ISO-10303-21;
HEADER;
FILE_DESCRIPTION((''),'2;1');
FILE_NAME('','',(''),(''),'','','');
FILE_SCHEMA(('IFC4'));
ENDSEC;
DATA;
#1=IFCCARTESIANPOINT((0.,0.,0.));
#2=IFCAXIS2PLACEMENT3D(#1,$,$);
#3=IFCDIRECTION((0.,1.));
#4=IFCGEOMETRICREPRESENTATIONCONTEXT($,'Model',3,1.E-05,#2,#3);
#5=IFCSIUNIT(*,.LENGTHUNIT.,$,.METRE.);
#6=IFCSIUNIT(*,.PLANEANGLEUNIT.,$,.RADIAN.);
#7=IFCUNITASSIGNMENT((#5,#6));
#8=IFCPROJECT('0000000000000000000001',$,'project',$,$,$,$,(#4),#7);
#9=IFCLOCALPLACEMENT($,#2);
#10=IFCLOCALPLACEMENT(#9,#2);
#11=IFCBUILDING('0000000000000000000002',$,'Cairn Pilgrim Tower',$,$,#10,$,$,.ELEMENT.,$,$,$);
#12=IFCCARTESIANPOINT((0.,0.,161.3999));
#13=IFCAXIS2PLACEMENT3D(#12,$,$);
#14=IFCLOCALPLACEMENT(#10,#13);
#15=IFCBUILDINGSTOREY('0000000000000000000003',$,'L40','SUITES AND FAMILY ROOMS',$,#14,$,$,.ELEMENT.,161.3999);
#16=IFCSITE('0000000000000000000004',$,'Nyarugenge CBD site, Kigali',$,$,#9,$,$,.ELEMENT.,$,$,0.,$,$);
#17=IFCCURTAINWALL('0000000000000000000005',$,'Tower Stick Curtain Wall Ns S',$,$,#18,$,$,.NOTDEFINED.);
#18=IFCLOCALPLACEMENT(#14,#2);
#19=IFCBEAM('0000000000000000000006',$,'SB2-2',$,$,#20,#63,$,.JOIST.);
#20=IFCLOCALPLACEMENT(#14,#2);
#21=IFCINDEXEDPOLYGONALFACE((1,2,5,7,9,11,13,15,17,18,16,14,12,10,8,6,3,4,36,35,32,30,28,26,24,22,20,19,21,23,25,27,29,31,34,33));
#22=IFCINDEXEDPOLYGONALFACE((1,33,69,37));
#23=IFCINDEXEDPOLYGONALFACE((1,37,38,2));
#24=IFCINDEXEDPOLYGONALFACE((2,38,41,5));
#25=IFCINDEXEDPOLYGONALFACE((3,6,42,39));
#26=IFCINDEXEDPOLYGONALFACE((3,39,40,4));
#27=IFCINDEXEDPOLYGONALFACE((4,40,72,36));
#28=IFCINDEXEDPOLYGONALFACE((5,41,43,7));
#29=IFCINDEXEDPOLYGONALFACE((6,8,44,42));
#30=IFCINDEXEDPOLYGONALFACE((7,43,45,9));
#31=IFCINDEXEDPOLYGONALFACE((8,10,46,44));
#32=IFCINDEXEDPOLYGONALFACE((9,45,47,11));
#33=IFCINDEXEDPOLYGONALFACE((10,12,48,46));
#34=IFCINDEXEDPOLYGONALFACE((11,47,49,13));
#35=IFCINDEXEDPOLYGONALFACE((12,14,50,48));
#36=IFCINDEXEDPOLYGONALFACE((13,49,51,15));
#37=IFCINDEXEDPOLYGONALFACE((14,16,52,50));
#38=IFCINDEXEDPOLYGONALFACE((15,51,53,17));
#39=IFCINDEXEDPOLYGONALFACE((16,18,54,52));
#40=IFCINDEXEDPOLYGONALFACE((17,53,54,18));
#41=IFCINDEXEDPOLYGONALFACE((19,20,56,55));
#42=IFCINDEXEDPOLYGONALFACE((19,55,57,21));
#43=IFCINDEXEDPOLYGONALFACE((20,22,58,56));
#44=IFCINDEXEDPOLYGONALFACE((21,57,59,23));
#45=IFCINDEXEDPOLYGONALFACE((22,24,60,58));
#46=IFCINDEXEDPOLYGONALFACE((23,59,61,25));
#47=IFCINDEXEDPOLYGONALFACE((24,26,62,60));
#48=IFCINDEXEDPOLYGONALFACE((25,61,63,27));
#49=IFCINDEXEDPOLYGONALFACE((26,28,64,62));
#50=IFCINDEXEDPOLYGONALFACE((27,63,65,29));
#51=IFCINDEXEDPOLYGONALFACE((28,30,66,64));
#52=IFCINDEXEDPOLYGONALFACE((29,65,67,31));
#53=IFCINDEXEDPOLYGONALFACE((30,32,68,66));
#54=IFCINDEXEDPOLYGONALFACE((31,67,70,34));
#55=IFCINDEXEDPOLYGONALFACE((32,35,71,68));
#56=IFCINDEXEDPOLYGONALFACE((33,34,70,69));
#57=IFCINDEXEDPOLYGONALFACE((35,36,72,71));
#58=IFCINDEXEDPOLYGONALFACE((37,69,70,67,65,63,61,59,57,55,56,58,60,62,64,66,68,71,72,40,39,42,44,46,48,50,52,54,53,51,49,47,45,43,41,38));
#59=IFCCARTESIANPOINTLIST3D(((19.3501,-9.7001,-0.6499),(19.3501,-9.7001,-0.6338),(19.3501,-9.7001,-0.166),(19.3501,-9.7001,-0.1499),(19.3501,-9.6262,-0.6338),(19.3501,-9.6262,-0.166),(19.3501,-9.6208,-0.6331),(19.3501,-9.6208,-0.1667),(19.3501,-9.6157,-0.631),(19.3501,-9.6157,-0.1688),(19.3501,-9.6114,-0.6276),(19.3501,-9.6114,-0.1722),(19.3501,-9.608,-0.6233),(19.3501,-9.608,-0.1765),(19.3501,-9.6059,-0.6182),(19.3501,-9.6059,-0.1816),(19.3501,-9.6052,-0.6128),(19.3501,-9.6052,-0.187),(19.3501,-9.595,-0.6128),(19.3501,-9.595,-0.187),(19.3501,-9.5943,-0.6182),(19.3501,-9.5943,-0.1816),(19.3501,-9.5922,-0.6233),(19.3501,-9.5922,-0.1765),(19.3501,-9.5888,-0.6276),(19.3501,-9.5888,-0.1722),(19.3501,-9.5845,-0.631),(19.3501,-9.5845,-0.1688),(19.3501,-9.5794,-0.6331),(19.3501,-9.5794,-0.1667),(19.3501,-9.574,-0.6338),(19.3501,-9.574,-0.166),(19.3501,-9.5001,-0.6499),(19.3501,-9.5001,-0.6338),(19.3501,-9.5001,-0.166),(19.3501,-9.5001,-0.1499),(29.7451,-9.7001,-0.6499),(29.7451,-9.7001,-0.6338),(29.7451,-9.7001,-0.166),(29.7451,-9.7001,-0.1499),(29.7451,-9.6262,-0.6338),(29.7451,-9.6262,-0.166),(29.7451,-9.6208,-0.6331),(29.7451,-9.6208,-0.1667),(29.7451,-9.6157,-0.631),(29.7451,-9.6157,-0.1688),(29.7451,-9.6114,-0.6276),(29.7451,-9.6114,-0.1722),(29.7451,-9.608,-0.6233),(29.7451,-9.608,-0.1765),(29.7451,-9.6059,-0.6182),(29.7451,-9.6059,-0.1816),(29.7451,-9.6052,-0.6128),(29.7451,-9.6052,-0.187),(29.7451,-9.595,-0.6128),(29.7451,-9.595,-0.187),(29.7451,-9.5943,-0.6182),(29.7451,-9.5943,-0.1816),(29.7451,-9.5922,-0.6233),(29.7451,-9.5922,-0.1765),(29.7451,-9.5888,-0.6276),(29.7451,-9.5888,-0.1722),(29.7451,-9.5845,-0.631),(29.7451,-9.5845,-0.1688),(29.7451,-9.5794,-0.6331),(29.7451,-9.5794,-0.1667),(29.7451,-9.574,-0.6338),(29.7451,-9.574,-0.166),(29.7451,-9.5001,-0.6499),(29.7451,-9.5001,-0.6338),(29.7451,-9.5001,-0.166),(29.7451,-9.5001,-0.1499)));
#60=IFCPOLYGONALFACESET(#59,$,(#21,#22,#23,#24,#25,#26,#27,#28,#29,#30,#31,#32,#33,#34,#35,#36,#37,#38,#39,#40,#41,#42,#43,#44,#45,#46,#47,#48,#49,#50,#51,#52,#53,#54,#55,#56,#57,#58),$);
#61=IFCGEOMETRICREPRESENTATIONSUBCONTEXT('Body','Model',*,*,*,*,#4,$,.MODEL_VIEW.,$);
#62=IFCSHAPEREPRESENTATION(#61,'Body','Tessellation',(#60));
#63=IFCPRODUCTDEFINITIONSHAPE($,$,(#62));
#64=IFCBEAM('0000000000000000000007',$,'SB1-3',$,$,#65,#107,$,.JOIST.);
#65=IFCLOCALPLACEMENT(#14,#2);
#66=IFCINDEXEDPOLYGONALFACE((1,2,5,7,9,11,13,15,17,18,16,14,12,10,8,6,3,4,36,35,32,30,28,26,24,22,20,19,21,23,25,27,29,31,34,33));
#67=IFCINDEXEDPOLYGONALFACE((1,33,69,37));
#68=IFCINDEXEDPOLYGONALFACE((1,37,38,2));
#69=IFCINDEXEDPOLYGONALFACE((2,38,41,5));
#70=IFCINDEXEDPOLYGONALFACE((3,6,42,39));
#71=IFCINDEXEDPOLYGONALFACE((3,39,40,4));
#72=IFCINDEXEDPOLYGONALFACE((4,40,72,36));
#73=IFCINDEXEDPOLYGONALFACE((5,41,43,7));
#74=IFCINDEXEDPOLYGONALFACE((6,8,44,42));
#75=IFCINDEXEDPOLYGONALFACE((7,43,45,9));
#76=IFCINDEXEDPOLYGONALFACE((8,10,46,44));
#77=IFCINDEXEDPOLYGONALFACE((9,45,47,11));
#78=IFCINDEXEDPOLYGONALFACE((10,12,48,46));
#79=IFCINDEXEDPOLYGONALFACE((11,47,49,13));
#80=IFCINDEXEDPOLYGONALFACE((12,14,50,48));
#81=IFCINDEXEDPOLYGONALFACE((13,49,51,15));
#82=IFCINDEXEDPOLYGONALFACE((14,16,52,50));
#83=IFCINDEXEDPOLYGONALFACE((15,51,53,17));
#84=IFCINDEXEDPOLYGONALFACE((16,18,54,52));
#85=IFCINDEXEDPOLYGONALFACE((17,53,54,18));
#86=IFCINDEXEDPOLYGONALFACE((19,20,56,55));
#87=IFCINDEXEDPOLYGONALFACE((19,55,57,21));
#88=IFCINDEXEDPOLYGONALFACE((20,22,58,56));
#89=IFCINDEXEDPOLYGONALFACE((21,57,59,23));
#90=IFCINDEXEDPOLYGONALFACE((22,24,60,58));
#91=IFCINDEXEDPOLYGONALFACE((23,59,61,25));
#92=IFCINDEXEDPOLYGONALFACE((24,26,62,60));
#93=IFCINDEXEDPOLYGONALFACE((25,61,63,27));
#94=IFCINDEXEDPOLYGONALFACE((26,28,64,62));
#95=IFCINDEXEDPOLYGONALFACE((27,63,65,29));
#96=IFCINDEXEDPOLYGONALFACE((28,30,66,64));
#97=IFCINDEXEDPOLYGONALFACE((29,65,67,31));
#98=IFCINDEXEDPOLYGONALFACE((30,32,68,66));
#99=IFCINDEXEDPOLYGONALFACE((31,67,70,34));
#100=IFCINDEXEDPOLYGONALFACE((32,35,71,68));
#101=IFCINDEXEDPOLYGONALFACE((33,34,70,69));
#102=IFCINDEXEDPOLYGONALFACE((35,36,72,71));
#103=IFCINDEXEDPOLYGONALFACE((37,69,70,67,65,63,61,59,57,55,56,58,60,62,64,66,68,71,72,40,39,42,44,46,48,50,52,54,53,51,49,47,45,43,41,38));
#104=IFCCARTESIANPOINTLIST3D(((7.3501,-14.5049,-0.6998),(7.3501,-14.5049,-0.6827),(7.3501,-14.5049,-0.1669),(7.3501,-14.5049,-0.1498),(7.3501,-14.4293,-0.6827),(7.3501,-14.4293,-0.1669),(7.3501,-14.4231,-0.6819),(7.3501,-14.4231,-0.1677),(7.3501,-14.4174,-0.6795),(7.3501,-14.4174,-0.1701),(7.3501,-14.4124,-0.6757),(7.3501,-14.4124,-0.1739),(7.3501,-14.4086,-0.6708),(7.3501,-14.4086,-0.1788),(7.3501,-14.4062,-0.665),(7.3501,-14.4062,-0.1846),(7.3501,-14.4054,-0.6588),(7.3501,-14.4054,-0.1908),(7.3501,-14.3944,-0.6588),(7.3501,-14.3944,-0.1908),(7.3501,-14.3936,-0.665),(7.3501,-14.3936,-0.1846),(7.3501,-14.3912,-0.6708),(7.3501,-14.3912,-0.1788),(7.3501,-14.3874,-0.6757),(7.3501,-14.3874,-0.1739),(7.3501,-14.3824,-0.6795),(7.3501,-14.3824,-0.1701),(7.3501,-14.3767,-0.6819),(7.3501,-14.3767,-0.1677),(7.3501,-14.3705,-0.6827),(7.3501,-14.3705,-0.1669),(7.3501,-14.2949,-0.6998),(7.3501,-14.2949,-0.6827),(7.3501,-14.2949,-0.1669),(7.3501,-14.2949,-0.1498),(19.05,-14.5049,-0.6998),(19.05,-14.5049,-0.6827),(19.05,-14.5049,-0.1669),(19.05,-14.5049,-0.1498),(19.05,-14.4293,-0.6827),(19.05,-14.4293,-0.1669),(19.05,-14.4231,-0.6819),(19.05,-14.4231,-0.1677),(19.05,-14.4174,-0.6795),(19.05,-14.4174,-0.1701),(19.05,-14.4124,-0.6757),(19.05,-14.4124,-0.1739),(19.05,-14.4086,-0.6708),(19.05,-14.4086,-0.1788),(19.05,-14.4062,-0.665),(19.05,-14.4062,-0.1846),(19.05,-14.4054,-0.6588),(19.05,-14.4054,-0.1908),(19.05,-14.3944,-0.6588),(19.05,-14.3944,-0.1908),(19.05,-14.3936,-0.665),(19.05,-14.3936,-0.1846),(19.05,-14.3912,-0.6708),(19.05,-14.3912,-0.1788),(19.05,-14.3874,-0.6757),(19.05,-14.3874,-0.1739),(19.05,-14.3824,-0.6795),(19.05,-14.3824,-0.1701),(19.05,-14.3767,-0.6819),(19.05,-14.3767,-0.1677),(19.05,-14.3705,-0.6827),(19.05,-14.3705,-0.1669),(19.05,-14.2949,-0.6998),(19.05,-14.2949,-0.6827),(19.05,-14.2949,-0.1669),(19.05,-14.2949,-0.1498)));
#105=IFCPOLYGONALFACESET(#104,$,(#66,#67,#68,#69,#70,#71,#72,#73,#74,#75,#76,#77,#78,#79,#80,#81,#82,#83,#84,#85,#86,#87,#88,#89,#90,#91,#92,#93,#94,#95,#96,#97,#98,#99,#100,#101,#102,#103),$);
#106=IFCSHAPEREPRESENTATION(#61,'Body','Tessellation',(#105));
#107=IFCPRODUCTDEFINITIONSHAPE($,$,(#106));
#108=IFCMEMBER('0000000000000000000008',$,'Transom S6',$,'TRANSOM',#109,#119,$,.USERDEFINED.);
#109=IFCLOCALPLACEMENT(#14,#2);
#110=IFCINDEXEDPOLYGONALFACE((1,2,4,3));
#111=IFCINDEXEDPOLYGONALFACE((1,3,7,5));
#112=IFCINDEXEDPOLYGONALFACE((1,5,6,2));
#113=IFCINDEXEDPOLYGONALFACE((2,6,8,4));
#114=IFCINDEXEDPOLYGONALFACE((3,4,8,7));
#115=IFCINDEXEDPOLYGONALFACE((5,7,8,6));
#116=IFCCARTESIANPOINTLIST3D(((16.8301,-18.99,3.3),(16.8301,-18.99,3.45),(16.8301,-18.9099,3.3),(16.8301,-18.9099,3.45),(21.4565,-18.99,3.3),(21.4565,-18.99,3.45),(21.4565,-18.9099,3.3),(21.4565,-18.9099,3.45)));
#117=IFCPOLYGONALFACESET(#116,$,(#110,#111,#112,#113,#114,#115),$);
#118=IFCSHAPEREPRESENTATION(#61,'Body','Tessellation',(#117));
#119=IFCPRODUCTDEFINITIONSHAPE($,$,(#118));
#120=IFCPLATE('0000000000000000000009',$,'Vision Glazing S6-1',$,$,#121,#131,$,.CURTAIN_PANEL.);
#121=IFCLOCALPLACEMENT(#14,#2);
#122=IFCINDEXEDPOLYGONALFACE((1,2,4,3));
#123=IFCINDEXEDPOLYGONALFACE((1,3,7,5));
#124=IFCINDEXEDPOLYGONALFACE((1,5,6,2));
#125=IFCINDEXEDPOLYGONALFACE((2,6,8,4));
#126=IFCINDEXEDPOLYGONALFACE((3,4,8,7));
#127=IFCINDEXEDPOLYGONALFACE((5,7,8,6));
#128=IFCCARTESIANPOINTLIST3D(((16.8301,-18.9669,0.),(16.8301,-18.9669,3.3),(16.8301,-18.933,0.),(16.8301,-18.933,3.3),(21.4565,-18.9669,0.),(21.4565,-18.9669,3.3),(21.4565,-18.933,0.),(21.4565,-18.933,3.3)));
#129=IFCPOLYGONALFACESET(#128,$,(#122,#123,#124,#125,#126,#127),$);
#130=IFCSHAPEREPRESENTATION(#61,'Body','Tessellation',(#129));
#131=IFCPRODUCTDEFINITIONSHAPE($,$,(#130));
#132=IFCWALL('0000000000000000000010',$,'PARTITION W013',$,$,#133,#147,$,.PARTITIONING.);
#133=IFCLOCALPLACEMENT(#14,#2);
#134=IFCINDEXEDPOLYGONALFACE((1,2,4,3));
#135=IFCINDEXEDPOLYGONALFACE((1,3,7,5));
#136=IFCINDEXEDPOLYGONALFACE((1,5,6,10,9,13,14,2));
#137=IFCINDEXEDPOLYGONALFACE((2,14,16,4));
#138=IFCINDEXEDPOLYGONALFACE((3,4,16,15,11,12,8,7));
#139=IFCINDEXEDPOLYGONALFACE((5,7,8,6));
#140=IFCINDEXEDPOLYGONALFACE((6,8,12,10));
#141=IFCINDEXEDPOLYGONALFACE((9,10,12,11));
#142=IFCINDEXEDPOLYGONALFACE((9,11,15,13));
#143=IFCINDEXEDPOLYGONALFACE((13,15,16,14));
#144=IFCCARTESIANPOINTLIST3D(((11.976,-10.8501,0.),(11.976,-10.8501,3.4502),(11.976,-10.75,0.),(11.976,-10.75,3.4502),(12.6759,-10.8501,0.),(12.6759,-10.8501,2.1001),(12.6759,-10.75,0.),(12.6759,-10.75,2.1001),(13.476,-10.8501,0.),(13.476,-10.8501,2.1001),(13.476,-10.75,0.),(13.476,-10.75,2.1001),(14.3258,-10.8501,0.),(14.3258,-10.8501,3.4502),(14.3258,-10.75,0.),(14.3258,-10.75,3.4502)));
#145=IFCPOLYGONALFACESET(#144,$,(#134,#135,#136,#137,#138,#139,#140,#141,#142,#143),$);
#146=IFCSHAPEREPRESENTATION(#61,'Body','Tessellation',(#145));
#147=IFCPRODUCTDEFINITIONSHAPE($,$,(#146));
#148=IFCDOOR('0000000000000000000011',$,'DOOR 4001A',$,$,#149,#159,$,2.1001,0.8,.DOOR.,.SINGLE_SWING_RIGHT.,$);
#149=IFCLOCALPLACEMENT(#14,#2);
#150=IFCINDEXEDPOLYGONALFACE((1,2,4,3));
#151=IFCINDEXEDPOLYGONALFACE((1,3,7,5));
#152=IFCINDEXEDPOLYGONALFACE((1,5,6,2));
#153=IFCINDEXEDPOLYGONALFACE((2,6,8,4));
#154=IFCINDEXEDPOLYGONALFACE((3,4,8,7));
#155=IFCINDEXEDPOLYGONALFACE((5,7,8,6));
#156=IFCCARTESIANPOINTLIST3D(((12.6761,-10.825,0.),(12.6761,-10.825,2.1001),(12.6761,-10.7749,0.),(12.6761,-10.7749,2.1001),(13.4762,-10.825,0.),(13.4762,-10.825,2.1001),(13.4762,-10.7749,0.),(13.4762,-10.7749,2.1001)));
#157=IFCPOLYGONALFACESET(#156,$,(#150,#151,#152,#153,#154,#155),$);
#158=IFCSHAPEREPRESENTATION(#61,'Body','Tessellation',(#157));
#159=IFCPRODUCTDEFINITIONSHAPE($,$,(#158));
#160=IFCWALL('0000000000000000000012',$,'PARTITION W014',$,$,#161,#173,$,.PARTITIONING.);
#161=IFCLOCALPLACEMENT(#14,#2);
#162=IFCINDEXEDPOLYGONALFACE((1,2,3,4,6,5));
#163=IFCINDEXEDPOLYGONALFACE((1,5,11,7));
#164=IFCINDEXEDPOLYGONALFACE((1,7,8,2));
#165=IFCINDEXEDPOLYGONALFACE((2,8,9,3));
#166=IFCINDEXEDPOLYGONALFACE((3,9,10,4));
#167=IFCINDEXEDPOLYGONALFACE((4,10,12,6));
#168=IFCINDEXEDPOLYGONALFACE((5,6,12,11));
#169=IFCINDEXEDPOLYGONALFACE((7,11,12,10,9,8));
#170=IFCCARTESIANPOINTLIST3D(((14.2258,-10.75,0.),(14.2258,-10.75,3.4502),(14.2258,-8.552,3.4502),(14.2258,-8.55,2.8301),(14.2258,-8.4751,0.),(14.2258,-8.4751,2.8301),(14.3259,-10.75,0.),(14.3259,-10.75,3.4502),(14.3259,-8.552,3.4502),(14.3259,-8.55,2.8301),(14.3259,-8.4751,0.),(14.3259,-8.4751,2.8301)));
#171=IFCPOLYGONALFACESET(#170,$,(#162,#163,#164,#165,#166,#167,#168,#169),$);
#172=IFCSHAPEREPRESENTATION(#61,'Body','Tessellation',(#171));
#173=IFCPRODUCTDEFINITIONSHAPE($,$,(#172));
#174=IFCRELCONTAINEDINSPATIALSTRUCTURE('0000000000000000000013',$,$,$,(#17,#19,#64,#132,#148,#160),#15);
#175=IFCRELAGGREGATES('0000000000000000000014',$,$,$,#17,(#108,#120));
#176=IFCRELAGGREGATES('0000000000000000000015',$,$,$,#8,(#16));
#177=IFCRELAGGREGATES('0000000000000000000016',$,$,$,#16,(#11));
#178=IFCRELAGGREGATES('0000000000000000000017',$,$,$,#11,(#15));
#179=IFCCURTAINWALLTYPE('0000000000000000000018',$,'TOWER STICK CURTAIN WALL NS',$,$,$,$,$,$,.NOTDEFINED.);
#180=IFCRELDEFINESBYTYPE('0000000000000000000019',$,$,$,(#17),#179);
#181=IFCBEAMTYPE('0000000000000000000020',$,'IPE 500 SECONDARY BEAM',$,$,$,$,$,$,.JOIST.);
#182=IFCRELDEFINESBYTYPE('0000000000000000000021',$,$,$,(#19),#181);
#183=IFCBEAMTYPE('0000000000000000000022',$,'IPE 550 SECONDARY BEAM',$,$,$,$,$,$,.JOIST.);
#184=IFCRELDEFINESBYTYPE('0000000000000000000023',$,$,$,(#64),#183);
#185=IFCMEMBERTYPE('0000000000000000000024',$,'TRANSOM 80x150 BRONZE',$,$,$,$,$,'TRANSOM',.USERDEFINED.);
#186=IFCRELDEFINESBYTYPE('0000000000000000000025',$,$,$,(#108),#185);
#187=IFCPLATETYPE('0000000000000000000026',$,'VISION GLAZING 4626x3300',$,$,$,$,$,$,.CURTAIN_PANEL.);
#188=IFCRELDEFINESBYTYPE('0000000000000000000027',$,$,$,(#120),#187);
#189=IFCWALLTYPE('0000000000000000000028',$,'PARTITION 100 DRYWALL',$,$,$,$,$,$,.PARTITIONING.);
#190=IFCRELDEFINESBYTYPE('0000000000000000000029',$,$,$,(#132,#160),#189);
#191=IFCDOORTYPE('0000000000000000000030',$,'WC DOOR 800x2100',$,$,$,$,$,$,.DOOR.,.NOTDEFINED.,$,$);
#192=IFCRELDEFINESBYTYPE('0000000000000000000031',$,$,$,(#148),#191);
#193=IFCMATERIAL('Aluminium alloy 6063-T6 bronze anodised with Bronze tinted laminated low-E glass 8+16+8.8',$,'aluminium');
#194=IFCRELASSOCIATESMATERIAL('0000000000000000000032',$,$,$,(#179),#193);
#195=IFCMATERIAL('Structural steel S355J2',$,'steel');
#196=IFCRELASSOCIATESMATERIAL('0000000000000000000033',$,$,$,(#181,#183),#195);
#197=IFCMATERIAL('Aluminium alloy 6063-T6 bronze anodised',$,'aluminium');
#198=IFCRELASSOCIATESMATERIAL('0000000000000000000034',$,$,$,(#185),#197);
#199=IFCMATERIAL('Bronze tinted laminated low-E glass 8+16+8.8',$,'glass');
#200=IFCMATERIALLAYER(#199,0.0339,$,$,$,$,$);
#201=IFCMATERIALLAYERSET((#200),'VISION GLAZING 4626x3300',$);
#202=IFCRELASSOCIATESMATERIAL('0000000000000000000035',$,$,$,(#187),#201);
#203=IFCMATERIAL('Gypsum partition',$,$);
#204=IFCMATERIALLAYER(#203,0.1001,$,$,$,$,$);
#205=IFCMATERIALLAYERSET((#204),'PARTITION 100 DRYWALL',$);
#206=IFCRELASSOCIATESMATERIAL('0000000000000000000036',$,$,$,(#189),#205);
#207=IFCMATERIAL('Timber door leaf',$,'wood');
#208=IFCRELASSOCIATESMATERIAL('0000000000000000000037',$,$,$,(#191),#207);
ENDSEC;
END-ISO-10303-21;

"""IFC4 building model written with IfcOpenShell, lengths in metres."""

from ifc_helpers import new_model, si_unit, direction, frame, frame_2d, origin, origin_2d, place, context, subcontext, project, spatial, polyline, rectangle, i_section, outline, extrude, material, layer, layer_set, material_profile, profile_set, type_object, element, fill, aggregate, save


model = new_model("IFC4")

# Units and contexts
model_context = context("Model", 3, precision=1e-05, world=origin(), true_north=direction((0.0, 1.0)))
body_context = subcontext(model_context, "Body", "Model", "MODEL_VIEW")
ifc_project = project(units=[si_unit("LENGTHUNIT", "METRE"), si_unit("PLANEANGLEUNIT", "RADIAN")], contexts=[model_context])

# Site, building, storey
site_placement = place(None, origin())
site = spatial("IfcSite", under=ifc_project, at=site_placement, Name="Nyarugenge CBD site, Kigali", CompositionType="ELEMENT", RefElevation=0.0)
building_placement = place(site_placement, origin())
building = spatial("IfcBuilding", under=site, at=building_placement, Name="Cairn Pilgrim Tower", CompositionType="ELEMENT")
storey_placement = place(building_placement, frame((0.0, 0.0, 161.3999)))
storey = spatial("IfcBuildingStorey", under=building, at=storey_placement, Name="L40", Description="SUITES AND FAMILY ROOMS", CompositionType="ELEMENT", Elevation=161.3999)

# Shared definitions
ifc_material_1 = material(Name="Structural steel S355J2", Category="steel")

# Curtain wall
ifc_material_2 = material(Name="Aluminium alloy 6063-T6 bronze anodised with Bronze tinted laminated low-E glass 8+16+8.8", Category="aluminium")
curtain_wall_type = type_object("IfcCurtainWallType", Name="TOWER STICK CURTAIN WALL NS", PredefinedType="NOTDEFINED", material=ifc_material_2)
curtain_wall_placement = place(storey_placement, origin())
curtain_wall = element("IfcCurtainWall", 1, at=curtain_wall_placement, inside=storey, type_object=curtain_wall_type, Name="Tower Stick Curtain Wall Ns S", PredefinedType="NOTDEFINED")
ifc_material_3 = material(Name="Aluminium alloy 6063-T6 bronze anodised", Category="aluminium")

# Beams
ifc_material_profile_1 = material_profile(ifc_material_1, i_section(OverallWidth=0.2, OverallDepth=0.5, WebThickness=0.0103, FlangeThickness=0.0161, FilletRadius=0.021, at=origin_2d()), Name="IPE 500")
ifc_profile_set_1 = profile_set([ifc_material_profile_1], Name="Structural steel S355J2")
beam_type_1 = type_object("IfcBeamType", Name="IPE 500 SECONDARY BEAM", PredefinedType="JOIST", material=ifc_profile_set_1)
beam_1_placement = place(storey_placement, frame((19.3501, -9.6001, -0.3999), z_axis=(1.0, 0.0, 0.0), x_axis=(0.0, 1.0, 0.0)))
element("IfcBeam", 2, at=beam_1_placement, inside=storey, type_object=beam_type_1, Name="SB2-2", PredefinedType="JOIST", context=body_context, shape_type="SweptSolid", body=[
    extrude(i_section(OverallWidth=0.2, OverallDepth=0.5, WebThickness=0.0103, FlangeThickness=0.0161, FilletRadius=0.021, at=origin_2d()), origin(), (0.0, 0.0, 1.0), 10.395),
])
ifc_material_profile_2 = material_profile(ifc_material_1, i_section(OverallWidth=0.21, OverallDepth=0.55, WebThickness=0.011, FlangeThickness=0.0171, FilletRadius=0.0239, at=origin_2d()), Name="IPE 550")
ifc_profile_set_2 = profile_set([ifc_material_profile_2], Name="Structural steel S355J2")
beam_type_2 = type_object("IfcBeamType", Name="IPE 550 SECONDARY BEAM", PredefinedType="JOIST", material=ifc_profile_set_2)
beam_2_placement = place(storey_placement, frame((7.3501, -14.3999, -0.4248), z_axis=(1.0, 0.0, 0.0), x_axis=(0.0, 1.0, 0.0)))
element("IfcBeam", 3, at=beam_2_placement, inside=storey, type_object=beam_type_2, Name="SB1-3", PredefinedType="JOIST", context=body_context, shape_type="SweptSolid", body=[
    extrude(i_section(OverallWidth=0.21, OverallDepth=0.55, WebThickness=0.011, FlangeThickness=0.0171, FilletRadius=0.0239, at=origin_2d()), origin(), (0.0, 0.0, 1.0), 11.7),
])

# Member
ifc_material_profile_3 = material_profile(ifc_material_3, rectangle(XDim=0.0801, YDim=0.1499, at=origin_2d()), Name="TRANSOM 80x150 BRONZE")
ifc_profile_set_3 = profile_set([ifc_material_profile_3], Name="Aluminium alloy 6063-T6 bronze anodised")
member_type_1 = type_object("IfcMemberType", Name="TRANSOM 80x150 BRONZE", ElementType="TRANSOM", PredefinedType="USERDEFINED", material=ifc_profile_set_3)
member_1_placement = place(storey_placement, frame((16.8301, -18.95, 3.375), z_axis=(1.0, 0.0, 0.0), x_axis=(0.0, 1.0, 0.0)))
member_1 = element("IfcMember", 4, at=member_1_placement, type_object=member_type_1, Name="Transom S6", ObjectType="TRANSOM", PredefinedType="USERDEFINED", context=body_context, shape_type="SweptSolid", body=[
    extrude(rectangle(XDim=0.0801, YDim=0.1499, at=origin_2d()), origin(), (0.0, 0.0, 1.0), 4.6265),
])

# Plate
ifc_material_4 = material(Name="Bronze tinted laminated low-E glass 8+16+8.8", Category="glass")
ifc_layer_1 = layer(ifc_material_4, 0.0339)
ifc_layer_set_1 = layer_set([ifc_layer_1], Name="VISION GLAZING 4626x3300")
plate_type = type_object("IfcPlateType", Name="VISION GLAZING 4626x3300", PredefinedType="CURTAIN_PANEL", material=ifc_layer_set_1)
plate_placement = place(storey_placement, frame((19.1433, -18.95, 0.0), z_axis=(0.0, 0.0, 1.0), x_axis=(1.0, 0.0, 0.0)))
plate = element("IfcPlate", 5, at=plate_placement, type_object=plate_type, Name="Vision Glazing S6-1", PredefinedType="CURTAIN_PANEL", context=body_context, shape_type="SweptSolid", body=[
    extrude(rectangle(XDim=4.6265, YDim=0.0339, at=origin_2d()), origin(), (0.0, 0.0, 1.0), 3.3),
])
aggregate(curtain_wall, [member_1, plate])

# Wall, opening, door
ifc_material_5 = material(Name="Gypsum partition")
ifc_layer_2 = layer(ifc_material_5, 0.1001)
ifc_layer_set_2 = layer_set([ifc_layer_2], Name="PARTITION 100 DRYWALL")
wall_type_1 = type_object("IfcWallType", Name="PARTITION 100 DRYWALL", PredefinedType="PARTITIONING", material=ifc_layer_set_2)
wall_1_placement = place(storey_placement, frame((11.9761, -10.8, 0.0), z_axis=(0.0, 0.0, 1.0), x_axis=(1.0, 0.0, 0.0)))
wall_1 = element("IfcWall", 6, at=wall_1_placement, inside=storey, type_object=wall_type_1, Name="PARTITION W013", PredefinedType="PARTITIONING", context=body_context, shape_type="SweptSolid", body=[
    extrude(rectangle(XDim=2.3499, YDim=0.1001, at=frame_2d((1.1748, 0.0))), origin(), (0.0, 0.0, 1.0), 3.4502),
])
opening_1_placement = place(wall_1_placement, frame((0.7, 0.0, 0.0)))
opening_1 = element("IfcOpeningElement", 7, at=opening_1_placement, cuts=wall_1, PredefinedType="OPENING", context=body_context, shape_type="SweptSolid", body=[
    extrude(rectangle(XDim=0.8, YDim=2.1001, at=frame_2d((0.3999, 1.05))), frame((0.0, 0.0601, 0.0), z_axis=(0.0, -1.0, 0.0), x_axis=(1.0, 0.0, 0.0)), (0.0, 0.0, 1.0), 0.1201),
])
ifc_material_6 = material(Name="Timber door leaf", Category="wood")
door_type_1 = type_object("IfcDoorType", Name="WC DOOR 800x2100", OperationType="NOTDEFINED", PredefinedType="DOOR", material=ifc_material_6)
door_1_placement = place(opening_1_placement, frame((0.8, 0.0, 0.0), z_axis=(0.0, 0.0, 1.0), x_axis=(-1.0, 0.0, 0.0)))
door_1 = element("IfcDoor", 8, at=door_1_placement, inside=storey, type_object=door_type_1, Name="DOOR 4001A", OperationType="SINGLE_SWING_RIGHT", OverallHeight=2.1001, OverallWidth=0.8, PredefinedType="DOOR", context=body_context, shape_type="SweptSolid", body=[
    extrude(rectangle(XDim=0.8, YDim=2.1001, at=frame_2d((0.3999, 1.05))), frame((0.0, 0.0249, 0.0), z_axis=(0.0, -1.0, 0.0), x_axis=(1.0, 0.0, 0.0)), (0.0, 0.0, 1.0), 0.05),
])
fill(opening_1, door_1)

# Wall
wall_2_placement = place(storey_placement, frame((14.2759, -10.75, 0.0), z_axis=(0.0, 0.0, 1.0), x_axis=(0.0, 1.0, 0.0)))
element("IfcWall", 9, at=wall_2_placement, inside=storey, type_object=wall_type_1, Name="PARTITION W014", PredefinedType="PARTITIONING", context=body_context, shape_type="SweptSolid", body=[
    extrude(outline(polyline([(0.0, 0.0), (2.2749, 0.0), (2.2749, 2.8301), (2.2, 2.8301), (2.198, 3.4502), (0.0, 3.4502), (0.0, 0.0)])), frame((0.0, 0.05, 0.0), z_axis=(0.0, -1.0, 0.0), x_axis=(1.0, 0.0, 0.0)), (0.0, 0.0, 1.0), 0.1001),
])

save(model, "model.ifc")
